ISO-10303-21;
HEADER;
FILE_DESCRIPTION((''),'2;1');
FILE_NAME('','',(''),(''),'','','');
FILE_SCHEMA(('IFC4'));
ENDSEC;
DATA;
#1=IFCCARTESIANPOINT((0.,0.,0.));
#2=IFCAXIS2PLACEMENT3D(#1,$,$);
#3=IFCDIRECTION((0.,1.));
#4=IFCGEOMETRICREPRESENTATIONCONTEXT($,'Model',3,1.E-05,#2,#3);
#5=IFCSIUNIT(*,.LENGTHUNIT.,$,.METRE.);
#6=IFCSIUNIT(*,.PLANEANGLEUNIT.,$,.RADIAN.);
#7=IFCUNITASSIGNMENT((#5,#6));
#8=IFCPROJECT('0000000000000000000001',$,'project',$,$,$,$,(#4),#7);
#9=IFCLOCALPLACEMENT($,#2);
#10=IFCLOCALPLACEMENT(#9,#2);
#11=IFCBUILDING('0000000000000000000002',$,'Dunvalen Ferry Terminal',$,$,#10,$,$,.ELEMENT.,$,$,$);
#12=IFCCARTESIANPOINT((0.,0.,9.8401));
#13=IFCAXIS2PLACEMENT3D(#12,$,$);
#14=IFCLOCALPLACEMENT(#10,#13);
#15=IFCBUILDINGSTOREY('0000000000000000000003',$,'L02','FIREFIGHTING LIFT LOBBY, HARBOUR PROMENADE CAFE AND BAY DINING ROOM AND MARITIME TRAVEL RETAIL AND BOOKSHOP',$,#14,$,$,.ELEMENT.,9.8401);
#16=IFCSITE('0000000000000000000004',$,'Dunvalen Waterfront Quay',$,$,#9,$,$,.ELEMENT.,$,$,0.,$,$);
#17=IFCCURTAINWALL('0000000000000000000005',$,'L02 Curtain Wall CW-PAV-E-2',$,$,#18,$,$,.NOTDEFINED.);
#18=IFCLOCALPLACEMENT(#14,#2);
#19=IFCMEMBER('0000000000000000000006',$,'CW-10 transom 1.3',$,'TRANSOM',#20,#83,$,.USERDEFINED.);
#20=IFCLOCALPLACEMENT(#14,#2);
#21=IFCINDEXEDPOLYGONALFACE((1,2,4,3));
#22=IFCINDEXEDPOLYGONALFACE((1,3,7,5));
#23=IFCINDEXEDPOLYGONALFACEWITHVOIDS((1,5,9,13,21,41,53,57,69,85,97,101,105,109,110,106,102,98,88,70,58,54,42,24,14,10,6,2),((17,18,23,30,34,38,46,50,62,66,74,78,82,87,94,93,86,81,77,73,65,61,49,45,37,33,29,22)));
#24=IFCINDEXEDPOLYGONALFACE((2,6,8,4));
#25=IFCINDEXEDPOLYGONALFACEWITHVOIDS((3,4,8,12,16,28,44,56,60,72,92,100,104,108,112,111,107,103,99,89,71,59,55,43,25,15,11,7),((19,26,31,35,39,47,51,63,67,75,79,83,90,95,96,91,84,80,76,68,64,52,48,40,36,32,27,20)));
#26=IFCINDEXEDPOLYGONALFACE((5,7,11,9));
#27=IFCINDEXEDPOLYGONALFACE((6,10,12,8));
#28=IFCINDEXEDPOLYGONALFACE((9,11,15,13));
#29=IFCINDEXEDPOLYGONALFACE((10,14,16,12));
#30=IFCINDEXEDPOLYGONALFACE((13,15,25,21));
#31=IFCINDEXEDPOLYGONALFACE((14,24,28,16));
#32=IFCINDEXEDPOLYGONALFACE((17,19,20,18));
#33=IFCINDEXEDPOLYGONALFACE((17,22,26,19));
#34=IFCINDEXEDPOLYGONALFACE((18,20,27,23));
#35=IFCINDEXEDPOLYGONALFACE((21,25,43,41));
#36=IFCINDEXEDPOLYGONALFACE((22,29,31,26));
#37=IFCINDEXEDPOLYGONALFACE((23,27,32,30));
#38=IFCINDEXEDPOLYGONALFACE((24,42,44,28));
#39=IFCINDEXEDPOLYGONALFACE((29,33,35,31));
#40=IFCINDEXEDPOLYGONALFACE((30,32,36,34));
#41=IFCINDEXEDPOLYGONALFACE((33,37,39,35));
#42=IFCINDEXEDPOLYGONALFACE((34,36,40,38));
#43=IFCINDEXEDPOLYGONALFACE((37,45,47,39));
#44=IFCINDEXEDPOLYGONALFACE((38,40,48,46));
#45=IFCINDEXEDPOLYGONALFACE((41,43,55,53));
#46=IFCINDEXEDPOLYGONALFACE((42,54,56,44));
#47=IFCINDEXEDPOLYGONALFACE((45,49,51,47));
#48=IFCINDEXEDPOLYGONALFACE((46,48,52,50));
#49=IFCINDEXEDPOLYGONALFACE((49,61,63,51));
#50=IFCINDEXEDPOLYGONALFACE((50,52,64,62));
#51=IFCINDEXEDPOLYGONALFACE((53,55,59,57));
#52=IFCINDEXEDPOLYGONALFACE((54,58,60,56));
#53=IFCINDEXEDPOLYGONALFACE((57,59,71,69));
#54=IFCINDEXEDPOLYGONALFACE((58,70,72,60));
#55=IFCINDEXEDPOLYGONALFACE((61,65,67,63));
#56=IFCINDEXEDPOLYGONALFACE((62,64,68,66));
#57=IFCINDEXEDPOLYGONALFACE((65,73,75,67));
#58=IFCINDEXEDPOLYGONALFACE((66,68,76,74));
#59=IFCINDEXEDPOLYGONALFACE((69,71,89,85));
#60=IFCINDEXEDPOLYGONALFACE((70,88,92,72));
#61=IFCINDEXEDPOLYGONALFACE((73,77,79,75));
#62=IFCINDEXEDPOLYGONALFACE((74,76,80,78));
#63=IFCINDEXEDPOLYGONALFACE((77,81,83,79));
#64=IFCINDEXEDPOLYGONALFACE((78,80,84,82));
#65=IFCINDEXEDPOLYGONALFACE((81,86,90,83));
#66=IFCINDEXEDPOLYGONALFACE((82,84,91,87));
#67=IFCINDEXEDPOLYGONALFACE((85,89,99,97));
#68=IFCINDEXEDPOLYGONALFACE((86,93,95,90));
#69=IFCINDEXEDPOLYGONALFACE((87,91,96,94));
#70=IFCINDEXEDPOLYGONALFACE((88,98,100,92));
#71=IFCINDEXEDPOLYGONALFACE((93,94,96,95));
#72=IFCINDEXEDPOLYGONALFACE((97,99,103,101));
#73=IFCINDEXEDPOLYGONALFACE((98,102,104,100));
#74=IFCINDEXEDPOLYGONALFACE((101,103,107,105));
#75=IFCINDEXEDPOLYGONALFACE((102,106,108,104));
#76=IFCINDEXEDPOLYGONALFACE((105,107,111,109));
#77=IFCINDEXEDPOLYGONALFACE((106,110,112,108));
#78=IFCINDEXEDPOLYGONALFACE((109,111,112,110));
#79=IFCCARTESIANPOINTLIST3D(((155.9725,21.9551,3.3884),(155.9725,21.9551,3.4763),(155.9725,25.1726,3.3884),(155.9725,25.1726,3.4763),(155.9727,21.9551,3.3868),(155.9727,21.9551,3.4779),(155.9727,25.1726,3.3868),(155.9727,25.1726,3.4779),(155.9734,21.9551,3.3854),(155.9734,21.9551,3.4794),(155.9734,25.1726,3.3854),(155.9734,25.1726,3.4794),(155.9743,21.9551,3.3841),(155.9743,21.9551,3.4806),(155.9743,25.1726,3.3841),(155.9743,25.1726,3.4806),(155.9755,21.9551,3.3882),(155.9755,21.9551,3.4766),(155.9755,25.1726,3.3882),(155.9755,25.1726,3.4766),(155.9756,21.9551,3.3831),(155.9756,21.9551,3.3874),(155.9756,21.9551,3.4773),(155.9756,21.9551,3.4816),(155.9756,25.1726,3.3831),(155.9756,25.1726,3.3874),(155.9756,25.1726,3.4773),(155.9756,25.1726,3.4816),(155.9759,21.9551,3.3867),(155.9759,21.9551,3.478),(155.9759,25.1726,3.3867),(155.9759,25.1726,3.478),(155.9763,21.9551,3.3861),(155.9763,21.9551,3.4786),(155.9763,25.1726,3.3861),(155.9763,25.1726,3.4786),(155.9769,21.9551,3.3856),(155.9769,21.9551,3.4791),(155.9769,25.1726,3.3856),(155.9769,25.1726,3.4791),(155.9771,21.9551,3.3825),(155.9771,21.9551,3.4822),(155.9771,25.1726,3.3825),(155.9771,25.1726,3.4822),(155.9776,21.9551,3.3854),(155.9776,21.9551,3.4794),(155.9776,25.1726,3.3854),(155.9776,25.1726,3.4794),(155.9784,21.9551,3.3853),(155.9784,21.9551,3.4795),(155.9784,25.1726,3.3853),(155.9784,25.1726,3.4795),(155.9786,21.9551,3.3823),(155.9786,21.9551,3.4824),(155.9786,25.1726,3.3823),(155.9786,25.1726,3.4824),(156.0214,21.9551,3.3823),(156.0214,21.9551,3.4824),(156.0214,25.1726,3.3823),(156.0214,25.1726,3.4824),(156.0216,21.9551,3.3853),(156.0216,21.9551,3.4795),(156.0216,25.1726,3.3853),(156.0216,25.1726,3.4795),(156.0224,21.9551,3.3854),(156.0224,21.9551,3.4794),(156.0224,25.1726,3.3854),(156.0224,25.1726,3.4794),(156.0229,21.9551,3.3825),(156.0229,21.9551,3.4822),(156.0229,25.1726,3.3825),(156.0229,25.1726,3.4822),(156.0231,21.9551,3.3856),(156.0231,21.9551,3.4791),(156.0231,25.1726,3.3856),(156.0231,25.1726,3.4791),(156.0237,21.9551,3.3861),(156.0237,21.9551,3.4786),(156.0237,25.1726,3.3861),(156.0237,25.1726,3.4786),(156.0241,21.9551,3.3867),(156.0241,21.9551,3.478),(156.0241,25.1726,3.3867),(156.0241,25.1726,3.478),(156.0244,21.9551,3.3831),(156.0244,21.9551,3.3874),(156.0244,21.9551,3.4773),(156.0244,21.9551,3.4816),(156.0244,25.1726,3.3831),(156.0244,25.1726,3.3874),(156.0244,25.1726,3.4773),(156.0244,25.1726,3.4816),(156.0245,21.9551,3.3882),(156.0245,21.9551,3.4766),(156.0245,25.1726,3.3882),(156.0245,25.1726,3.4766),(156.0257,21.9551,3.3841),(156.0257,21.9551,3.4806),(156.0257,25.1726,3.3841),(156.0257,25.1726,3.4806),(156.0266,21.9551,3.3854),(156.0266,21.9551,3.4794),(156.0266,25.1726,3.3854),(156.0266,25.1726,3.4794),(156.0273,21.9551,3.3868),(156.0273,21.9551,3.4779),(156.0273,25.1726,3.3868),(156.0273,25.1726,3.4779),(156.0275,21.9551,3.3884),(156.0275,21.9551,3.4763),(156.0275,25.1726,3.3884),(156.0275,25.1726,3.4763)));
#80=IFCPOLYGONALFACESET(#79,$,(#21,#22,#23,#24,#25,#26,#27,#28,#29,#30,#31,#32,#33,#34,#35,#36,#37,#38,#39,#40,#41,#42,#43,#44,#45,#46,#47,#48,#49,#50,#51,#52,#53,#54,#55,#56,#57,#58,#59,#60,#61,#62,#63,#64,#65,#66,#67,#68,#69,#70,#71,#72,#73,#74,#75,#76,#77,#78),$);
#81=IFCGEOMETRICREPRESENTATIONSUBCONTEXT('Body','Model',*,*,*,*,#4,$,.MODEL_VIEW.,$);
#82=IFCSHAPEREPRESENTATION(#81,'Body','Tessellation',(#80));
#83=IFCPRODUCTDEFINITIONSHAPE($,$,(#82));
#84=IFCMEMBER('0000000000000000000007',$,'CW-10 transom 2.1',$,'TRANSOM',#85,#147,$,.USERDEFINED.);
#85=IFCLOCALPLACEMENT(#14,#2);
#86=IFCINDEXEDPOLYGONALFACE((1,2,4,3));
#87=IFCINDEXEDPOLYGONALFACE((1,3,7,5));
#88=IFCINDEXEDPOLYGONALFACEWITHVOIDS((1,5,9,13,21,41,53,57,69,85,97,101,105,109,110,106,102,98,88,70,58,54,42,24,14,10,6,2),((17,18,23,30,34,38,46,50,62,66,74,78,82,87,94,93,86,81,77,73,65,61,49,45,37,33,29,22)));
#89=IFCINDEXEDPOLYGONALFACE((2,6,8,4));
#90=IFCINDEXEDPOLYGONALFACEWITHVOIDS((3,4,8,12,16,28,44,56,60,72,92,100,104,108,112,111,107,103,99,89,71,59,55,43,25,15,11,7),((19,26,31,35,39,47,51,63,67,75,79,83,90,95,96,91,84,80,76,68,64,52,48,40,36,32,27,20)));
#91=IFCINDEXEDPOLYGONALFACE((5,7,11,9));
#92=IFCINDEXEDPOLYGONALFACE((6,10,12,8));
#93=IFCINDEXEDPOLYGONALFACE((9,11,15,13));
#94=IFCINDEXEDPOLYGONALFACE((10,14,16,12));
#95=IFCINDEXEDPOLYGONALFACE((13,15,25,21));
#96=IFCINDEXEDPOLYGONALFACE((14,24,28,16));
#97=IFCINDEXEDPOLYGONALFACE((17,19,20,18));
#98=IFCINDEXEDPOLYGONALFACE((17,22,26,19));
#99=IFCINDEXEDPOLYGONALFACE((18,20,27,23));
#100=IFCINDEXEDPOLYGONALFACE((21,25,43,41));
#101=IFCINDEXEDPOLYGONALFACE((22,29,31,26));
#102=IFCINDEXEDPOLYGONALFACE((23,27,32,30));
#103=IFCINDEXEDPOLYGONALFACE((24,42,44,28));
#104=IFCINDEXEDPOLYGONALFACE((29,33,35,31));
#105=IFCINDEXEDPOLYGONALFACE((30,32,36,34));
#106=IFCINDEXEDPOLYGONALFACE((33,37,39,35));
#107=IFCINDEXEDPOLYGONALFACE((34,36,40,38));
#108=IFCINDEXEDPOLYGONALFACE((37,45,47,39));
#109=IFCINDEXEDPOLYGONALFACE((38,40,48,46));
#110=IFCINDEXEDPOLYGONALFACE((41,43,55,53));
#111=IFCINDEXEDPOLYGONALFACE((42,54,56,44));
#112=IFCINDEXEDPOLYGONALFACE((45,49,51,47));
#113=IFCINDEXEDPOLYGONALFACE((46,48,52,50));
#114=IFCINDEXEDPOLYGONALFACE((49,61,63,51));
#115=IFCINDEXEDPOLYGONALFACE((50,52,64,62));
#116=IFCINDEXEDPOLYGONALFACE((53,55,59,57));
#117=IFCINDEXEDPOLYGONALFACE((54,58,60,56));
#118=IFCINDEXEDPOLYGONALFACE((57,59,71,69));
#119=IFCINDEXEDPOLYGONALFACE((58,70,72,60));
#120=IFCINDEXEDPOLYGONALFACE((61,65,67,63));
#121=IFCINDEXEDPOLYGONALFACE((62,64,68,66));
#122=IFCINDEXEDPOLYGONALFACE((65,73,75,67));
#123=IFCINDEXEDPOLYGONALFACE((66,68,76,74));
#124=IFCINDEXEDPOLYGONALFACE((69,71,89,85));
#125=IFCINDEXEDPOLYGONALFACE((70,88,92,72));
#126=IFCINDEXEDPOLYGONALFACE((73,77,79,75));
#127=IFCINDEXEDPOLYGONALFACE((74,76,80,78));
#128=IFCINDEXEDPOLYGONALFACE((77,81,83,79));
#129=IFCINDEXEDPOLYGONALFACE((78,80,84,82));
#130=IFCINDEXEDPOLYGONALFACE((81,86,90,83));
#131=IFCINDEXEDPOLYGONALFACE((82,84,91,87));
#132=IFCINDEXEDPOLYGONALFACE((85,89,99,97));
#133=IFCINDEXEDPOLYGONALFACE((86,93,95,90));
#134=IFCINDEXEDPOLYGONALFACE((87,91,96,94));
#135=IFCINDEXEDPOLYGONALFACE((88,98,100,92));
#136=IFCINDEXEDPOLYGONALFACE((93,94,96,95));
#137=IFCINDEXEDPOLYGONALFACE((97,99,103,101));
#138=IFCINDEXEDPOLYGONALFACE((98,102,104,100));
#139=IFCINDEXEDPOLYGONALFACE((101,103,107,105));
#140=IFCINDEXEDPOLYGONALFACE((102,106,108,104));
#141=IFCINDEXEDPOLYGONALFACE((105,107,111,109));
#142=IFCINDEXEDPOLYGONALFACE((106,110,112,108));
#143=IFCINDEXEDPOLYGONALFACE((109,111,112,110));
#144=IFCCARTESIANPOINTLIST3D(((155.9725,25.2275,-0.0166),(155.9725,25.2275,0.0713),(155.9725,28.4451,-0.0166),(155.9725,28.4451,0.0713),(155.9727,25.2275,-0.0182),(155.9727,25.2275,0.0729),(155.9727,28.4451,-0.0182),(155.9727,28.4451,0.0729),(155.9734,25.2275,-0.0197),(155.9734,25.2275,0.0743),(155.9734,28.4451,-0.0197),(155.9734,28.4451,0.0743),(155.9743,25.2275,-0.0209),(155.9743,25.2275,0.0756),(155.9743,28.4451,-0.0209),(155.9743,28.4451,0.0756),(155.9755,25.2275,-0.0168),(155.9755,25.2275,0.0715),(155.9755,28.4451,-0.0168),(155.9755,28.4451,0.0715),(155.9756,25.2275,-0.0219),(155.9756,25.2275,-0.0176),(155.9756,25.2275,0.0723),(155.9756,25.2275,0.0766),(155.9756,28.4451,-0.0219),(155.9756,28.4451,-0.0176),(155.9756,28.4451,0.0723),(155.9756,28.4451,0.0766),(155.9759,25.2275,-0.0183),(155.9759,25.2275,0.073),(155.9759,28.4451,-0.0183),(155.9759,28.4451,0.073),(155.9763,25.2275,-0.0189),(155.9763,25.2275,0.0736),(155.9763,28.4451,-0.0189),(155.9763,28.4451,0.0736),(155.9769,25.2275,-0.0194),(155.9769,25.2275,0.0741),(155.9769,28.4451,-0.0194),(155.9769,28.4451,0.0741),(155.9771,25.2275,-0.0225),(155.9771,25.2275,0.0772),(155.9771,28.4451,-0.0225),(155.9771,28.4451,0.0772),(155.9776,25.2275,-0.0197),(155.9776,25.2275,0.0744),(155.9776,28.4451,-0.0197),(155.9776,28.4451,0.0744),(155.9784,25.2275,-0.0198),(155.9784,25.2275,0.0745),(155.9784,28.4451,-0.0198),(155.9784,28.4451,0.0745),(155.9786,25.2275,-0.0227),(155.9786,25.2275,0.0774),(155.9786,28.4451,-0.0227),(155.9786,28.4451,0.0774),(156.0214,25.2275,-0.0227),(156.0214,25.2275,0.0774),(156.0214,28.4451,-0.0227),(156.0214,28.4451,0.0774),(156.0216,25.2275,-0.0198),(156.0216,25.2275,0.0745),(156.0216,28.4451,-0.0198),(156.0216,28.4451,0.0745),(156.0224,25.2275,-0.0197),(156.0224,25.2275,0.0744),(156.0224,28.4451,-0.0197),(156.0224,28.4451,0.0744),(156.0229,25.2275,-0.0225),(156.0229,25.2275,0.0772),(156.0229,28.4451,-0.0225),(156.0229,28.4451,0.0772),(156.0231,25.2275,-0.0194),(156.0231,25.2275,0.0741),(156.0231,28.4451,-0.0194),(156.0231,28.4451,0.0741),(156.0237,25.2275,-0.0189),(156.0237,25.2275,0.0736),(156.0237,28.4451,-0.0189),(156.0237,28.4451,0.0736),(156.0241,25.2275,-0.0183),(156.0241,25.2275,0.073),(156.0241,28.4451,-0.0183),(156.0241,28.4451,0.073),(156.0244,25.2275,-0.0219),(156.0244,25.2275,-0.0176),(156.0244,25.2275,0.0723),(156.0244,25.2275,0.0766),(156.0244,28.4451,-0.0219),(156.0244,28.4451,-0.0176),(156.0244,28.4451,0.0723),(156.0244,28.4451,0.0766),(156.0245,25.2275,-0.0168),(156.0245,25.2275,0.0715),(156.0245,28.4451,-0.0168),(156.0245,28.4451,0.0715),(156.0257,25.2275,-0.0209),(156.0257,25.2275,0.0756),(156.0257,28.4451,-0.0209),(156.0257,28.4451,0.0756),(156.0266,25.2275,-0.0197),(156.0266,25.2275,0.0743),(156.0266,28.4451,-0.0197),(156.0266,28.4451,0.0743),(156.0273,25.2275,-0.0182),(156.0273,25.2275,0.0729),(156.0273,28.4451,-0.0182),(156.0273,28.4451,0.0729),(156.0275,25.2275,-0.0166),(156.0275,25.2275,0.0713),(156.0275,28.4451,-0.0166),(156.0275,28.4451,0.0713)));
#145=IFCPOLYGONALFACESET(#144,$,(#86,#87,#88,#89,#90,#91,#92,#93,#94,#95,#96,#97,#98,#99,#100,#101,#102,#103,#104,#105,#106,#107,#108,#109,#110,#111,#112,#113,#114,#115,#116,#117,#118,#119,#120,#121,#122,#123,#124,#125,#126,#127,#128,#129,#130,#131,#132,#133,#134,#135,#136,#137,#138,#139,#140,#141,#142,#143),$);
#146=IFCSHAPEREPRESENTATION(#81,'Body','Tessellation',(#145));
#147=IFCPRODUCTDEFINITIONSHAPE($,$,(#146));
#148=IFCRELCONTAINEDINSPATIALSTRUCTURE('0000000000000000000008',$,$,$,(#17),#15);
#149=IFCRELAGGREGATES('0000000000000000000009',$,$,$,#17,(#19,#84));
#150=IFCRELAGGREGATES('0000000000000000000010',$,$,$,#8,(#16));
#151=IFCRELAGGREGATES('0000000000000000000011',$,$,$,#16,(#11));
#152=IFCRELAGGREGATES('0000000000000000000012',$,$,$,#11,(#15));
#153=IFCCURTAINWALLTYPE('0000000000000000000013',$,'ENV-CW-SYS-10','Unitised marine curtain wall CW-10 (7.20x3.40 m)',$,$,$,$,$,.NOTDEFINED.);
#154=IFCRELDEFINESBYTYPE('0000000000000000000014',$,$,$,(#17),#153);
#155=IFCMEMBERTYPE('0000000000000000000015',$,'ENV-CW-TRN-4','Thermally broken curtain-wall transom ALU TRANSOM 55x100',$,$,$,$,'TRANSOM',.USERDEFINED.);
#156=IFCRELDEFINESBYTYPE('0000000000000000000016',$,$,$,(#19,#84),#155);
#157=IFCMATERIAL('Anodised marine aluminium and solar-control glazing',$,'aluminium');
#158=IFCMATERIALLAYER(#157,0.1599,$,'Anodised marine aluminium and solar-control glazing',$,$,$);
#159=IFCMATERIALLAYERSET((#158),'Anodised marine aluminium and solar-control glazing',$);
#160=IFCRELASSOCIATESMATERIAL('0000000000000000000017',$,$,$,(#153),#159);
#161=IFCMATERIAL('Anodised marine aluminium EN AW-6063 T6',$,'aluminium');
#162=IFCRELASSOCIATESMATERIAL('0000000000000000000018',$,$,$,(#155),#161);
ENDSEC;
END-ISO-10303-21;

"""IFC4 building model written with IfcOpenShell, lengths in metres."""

from ifc_helpers import new_model, si_unit, direction, frame, origin, origin_2d, place, context, subcontext, project, spatial, hollow_rectangle, extrude, material, layer, layer_set, material_profile, profile_set, type_object, element, aggregate, save


model = new_model("IFC4")

# Units and contexts
model_context = context("Model", 3, precision=1e-05, world=origin(), true_north=direction((0.0, 1.0)))
body_context = subcontext(model_context, "Body", "Model", "MODEL_VIEW")
ifc_project = project(units=[si_unit("LENGTHUNIT", "METRE"), si_unit("PLANEANGLEUNIT", "RADIAN")], contexts=[model_context])

# Site, building, storey
site_placement = place(None, origin())
site = spatial("IfcSite", under=ifc_project, at=site_placement, Name="Dunvalen Waterfront Quay", CompositionType="ELEMENT", RefElevation=0.0)
building_placement = place(site_placement, origin())
building = spatial("IfcBuilding", under=site, at=building_placement, Name="Dunvalen Ferry Terminal", CompositionType="ELEMENT")
storey_placement = place(building_placement, frame((0.0, 0.0, 9.8401)))
storey = spatial("IfcBuildingStorey", under=building, at=storey_placement, Name="L02", Description="FIREFIGHTING LIFT LOBBY, HARBOUR PROMENADE CAFE AND BAY DINING ROOM AND MARITIME TRAVEL RETAIL AND BOOKSHOP", CompositionType="ELEMENT", Elevation=9.8401)

# Shared definitions
ifc_material_1 = material(Name="Anodised marine aluminium and solar-control glazing", Category="aluminium")
ifc_layer_1 = layer(ifc_material_1, 0.1599, Name="Anodised marine aluminium and solar-control glazing")
ifc_layer_set_1 = layer_set([ifc_layer_1], Name="Anodised marine aluminium and solar-control glazing")
curtain_wall_type = type_object("IfcCurtainWallType", Name="ENV-CW-SYS-10", Description="Unitised marine curtain wall CW-10 (7.20x3.40 m)", PredefinedType="NOTDEFINED", material=ifc_layer_set_1)
ifc_material_2 = material(Name="Anodised marine aluminium EN AW-6063 T6", Category="aluminium")

# Curtain wall
curtain_wall_1_placement = place(storey_placement, origin())
curtain_wall_1 = element("IfcCurtainWall", 1, at=curtain_wall_1_placement, inside=storey, type_object=curtain_wall_type, Name="L02 Curtain Wall CW-PAV-E-2", PredefinedType="NOTDEFINED")

# Members
ifc_material_profile_1 = material_profile(ifc_material_2, hollow_rectangle(XDim=0.0549, YDim=0.1001, WallThickness=0.0029, InnerFilletRadius=0.0029, OuterFilletRadius=0.0061, at=origin_2d()), Name="Anodised marine aluminium EN AW-6063 T6")
ifc_profile_set_1 = profile_set([ifc_material_profile_1], Name="Anodised marine aluminium EN AW-6063 T6")
member_type_1 = type_object("IfcMemberType", Name="ENV-CW-TRN-4", Description="Thermally broken curtain-wall transom ALU TRANSOM 55x100", ElementType="TRANSOM", PredefinedType="USERDEFINED", material=ifc_profile_set_1)
member_1_placement = place(storey_placement, frame((156.0, 21.9551, 3.4324), z_axis=(0.0, 1.0, 0.0), x_axis=(-1.0, 0.0, 0.0)))
member_1 = element("IfcMember", 2, at=member_1_placement, type_object=member_type_1, Name="CW-10 transom 1.3", ObjectType="TRANSOM", PredefinedType="USERDEFINED", context=body_context, shape_type="SweptSolid", body=[
    extrude(hollow_rectangle(XDim=0.0549, YDim=0.1001, WallThickness=0.0029, InnerFilletRadius=0.0029, OuterFilletRadius=0.0061, at=origin_2d()), origin(), (0.0, 0.0, 1.0), 3.2175),
])
member_2_placement = place(storey_placement, frame((156.0, 25.2275, 0.0273), z_axis=(0.0, 1.0, 0.0), x_axis=(-1.0, 0.0, 0.0)))
member_2 = element("IfcMember", 3, at=member_2_placement, type_object=member_type_1, Name="CW-10 transom 2.1", ObjectType="TRANSOM", PredefinedType="USERDEFINED", context=body_context, shape_type="SweptSolid", body=[
    extrude(hollow_rectangle(XDim=0.0549, YDim=0.1001, WallThickness=0.0029, InnerFilletRadius=0.0029, OuterFilletRadius=0.0061, at=origin_2d()), origin(), (0.0, 0.0, 1.0), 3.2175),
])

aggregate(curtain_wall_1, [member_1, member_2])

save(model, "model.ifc")
